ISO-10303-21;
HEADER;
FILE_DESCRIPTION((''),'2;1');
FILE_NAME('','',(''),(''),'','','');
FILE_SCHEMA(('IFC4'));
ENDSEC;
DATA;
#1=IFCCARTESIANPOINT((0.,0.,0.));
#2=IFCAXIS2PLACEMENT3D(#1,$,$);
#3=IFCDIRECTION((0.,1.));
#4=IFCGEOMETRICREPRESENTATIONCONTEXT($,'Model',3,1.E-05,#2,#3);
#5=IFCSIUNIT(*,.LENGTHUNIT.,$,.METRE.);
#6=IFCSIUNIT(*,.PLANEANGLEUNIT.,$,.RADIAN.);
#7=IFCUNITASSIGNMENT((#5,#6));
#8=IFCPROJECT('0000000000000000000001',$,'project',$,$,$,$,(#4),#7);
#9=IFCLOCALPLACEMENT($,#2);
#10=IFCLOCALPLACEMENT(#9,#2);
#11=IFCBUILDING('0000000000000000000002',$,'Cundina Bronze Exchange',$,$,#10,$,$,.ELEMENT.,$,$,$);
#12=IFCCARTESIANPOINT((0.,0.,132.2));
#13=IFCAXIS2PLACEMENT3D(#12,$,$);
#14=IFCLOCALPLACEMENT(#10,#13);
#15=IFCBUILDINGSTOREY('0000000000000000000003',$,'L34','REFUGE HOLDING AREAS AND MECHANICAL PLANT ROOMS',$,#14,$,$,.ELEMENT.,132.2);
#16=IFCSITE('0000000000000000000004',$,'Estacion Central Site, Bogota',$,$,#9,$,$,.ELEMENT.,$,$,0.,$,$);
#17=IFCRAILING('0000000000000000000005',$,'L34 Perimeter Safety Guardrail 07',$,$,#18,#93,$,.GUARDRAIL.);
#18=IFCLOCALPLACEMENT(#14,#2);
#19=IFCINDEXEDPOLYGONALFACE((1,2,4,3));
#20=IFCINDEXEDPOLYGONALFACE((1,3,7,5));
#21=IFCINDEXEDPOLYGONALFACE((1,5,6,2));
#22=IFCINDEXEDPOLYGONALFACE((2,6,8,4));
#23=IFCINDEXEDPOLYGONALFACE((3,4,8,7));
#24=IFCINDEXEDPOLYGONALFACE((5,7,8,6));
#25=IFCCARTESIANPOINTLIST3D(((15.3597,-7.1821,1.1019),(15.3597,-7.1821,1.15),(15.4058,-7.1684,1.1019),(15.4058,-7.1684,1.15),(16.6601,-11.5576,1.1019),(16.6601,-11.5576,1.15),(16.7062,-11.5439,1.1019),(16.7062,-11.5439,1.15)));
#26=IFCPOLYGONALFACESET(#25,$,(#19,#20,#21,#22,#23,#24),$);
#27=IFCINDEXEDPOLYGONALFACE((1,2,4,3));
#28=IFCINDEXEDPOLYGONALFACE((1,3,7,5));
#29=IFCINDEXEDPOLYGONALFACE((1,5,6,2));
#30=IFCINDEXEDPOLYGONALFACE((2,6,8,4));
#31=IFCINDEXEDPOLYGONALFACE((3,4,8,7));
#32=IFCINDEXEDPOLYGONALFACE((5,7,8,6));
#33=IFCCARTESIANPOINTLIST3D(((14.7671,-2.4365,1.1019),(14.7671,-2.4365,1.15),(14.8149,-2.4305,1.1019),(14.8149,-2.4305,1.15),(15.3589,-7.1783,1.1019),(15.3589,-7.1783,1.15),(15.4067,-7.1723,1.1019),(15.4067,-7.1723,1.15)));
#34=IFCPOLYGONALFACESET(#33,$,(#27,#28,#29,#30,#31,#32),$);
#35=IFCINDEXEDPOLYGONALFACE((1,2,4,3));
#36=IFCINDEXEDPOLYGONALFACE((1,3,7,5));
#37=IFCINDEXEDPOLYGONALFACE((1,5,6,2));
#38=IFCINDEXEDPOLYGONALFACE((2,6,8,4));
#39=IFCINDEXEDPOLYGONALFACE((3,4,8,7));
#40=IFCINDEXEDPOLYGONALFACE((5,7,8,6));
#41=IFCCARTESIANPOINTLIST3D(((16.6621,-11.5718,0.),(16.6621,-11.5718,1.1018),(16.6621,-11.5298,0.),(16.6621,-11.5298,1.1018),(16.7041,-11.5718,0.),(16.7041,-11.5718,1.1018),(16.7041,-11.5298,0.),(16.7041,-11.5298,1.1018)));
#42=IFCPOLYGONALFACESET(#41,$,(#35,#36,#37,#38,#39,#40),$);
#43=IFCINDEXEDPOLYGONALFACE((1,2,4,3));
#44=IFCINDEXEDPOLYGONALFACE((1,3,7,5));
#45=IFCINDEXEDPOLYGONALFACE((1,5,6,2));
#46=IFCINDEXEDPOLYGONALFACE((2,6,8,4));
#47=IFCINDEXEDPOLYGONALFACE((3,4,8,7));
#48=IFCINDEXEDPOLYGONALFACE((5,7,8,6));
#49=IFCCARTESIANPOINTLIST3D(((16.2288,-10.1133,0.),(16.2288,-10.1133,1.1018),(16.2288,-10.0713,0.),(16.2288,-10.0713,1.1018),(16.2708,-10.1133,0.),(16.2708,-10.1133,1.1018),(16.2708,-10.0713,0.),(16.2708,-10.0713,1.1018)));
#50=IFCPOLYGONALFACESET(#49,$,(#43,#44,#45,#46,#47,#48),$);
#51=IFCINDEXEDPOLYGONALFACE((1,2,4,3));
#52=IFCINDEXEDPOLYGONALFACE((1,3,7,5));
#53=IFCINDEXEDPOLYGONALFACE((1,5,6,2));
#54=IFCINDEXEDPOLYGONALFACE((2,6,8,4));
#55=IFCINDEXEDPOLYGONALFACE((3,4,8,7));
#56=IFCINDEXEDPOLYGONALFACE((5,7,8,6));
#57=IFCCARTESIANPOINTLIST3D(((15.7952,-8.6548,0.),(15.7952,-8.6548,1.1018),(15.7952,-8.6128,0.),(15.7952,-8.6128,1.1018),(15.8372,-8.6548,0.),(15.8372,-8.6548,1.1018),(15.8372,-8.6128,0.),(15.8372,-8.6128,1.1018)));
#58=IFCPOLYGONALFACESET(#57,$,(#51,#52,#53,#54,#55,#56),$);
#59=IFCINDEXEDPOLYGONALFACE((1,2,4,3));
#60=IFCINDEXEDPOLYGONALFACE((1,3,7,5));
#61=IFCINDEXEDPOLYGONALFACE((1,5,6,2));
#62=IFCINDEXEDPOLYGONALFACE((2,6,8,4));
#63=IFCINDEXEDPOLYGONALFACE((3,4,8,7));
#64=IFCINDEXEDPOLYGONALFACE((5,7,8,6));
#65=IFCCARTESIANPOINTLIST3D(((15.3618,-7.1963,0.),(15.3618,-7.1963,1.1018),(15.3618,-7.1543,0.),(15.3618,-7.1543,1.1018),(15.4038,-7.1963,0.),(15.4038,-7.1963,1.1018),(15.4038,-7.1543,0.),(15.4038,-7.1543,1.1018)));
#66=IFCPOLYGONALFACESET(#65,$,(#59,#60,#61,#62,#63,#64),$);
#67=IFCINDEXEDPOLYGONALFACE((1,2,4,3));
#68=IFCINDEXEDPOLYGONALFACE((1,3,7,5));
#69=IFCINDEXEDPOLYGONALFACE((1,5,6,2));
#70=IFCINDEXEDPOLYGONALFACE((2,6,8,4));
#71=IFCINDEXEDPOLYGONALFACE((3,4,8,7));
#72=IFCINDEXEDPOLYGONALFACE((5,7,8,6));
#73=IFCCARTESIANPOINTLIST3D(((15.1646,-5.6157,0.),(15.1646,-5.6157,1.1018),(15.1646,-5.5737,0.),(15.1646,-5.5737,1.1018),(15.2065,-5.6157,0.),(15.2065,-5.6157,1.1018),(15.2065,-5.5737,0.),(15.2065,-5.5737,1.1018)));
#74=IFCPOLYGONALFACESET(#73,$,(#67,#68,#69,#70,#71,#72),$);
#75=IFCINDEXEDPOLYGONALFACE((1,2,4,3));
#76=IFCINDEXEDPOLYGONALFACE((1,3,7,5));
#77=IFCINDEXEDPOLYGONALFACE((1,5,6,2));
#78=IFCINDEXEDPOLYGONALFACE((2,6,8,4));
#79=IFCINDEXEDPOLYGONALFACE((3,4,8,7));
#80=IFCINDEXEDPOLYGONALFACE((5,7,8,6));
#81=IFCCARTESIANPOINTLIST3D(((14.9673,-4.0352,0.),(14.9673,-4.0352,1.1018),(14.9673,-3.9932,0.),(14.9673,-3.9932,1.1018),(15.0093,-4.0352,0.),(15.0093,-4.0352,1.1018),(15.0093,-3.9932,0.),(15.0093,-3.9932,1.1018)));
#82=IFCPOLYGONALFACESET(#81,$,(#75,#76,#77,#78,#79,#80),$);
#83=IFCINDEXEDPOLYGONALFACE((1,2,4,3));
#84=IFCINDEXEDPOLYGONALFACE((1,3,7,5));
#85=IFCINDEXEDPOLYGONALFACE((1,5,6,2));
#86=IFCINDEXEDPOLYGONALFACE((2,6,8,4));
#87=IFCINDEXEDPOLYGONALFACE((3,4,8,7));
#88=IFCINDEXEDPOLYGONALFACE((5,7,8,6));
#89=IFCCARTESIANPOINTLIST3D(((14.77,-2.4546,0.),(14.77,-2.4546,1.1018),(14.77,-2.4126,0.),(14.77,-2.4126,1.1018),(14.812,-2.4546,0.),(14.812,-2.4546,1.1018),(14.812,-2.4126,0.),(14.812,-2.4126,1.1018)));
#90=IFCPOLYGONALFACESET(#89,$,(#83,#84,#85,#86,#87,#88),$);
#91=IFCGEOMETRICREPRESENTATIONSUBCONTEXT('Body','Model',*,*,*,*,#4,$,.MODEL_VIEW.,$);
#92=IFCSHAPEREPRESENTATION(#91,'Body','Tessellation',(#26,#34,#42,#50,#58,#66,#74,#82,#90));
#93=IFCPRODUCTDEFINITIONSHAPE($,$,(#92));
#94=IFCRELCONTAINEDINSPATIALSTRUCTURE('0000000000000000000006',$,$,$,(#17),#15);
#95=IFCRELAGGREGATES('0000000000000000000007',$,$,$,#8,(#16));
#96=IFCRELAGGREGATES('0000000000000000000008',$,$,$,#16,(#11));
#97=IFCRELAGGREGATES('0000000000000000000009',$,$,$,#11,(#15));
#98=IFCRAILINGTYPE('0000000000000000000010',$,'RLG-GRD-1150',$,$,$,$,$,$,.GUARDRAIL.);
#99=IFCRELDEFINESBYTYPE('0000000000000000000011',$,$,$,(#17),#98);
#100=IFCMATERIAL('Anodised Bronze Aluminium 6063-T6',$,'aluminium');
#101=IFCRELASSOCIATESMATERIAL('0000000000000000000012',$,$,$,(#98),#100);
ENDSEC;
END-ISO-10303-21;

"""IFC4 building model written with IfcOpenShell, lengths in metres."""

from ifc_helpers import new_model, si_unit, direction, frame, origin, origin_2d, place, context, subcontext, project, spatial, rectangle, extrude, material, type_object, element, save


model = new_model("IFC4")

# Units and contexts
model_context = context("Model", 3, precision=1e-05, world=origin(), true_north=direction((0.0, 1.0)))
body_context = subcontext(model_context, "Body", "Model", "MODEL_VIEW")
ifc_project = project(units=[si_unit("LENGTHUNIT", "METRE"), si_unit("PLANEANGLEUNIT", "RADIAN")], contexts=[model_context])

# Site, building, storey
site_placement = place(None, origin())
site = spatial("IfcSite", under=ifc_project, at=site_placement, Name="Estacion Central Site, Bogota", CompositionType="ELEMENT", RefElevation=0.0)
building_placement = place(site_placement, origin())
building = spatial("IfcBuilding", under=site, at=building_placement, Name="Cundina Bronze Exchange", CompositionType="ELEMENT")
storey_placement = place(building_placement, frame((0.0, 0.0, 132.2)))
storey = spatial("IfcBuildingStorey", under=building, at=storey_placement, Name="L34", Description="REFUGE HOLDING AREAS AND MECHANICAL PLANT ROOMS", CompositionType="ELEMENT", Elevation=132.2)

# Railing
ifc_material_1 = material(Name="Anodised Bronze Aluminium 6063-T6", Category="aluminium")
railing_type = type_object("IfcRailingType", Name="RLG-GRD-1150", PredefinedType="GUARDRAIL", material=ifc_material_1)
railing_1_placement = place(storey_placement, frame((16.6831, -11.5508, 0.0)))
element("IfcRailing", 1, at=railing_1_placement, inside=storey, type_object=railing_type, Name="L34 Perimeter Safety Guardrail 07", PredefinedType="GUARDRAIL", context=body_context, shape_type="SweptSolid", body=[
    extrude(rectangle(XDim=0.0481, YDim=0.0481, at=origin_2d()), frame((0.0, 0.0, 1.126), z_axis=(-0.284864, 0.958568, 0.0), x_axis=(-0.958568, -0.284864, 0.0)), (0.0, 0.0, 1.0), 4.5647),
    extrude(rectangle(XDim=0.0481, YDim=0.0481, at=origin_2d()), frame((-1.3003, 4.3755, 1.126), z_axis=(-0.123846, 0.992301, 0.0), x_axis=(-0.992301, -0.123846, 0.0)), (0.0, 0.0, 1.0), 4.7786),
    extrude(rectangle(XDim=0.042, YDim=0.042, at=origin_2d()), origin(), (0.0, 0.0, 1.0), 1.1018),
    extrude(rectangle(XDim=0.042, YDim=0.042, at=origin_2d()), frame((-0.4333, 1.4585, 0.0)), (0.0, 0.0, 1.0), 1.1018),
    extrude(rectangle(XDim=0.042, YDim=0.042, at=origin_2d()), frame((-0.8669, 2.917, 0.0)), (0.0, 0.0, 1.0), 1.1018),
    extrude(rectangle(XDim=0.042, YDim=0.042, at=origin_2d()), frame((-1.3003, 4.3755, 0.0)), (0.0, 0.0, 1.0), 1.1018),
    extrude(rectangle(XDim=0.042, YDim=0.042, at=origin_2d()), frame((-1.4976, 5.9561, 0.0)), (0.0, 0.0, 1.0), 1.1018),
    extrude(rectangle(XDim=0.042, YDim=0.042, at=origin_2d()), frame((-1.6948, 7.5366, 0.0)), (0.0, 0.0, 1.0), 1.1018),
    extrude(rectangle(XDim=0.042, YDim=0.042, at=origin_2d()), frame((-1.8921, 9.1172, 0.0)), (0.0, 0.0, 1.0), 1.1018),
])

save(model, "model.ifc")
